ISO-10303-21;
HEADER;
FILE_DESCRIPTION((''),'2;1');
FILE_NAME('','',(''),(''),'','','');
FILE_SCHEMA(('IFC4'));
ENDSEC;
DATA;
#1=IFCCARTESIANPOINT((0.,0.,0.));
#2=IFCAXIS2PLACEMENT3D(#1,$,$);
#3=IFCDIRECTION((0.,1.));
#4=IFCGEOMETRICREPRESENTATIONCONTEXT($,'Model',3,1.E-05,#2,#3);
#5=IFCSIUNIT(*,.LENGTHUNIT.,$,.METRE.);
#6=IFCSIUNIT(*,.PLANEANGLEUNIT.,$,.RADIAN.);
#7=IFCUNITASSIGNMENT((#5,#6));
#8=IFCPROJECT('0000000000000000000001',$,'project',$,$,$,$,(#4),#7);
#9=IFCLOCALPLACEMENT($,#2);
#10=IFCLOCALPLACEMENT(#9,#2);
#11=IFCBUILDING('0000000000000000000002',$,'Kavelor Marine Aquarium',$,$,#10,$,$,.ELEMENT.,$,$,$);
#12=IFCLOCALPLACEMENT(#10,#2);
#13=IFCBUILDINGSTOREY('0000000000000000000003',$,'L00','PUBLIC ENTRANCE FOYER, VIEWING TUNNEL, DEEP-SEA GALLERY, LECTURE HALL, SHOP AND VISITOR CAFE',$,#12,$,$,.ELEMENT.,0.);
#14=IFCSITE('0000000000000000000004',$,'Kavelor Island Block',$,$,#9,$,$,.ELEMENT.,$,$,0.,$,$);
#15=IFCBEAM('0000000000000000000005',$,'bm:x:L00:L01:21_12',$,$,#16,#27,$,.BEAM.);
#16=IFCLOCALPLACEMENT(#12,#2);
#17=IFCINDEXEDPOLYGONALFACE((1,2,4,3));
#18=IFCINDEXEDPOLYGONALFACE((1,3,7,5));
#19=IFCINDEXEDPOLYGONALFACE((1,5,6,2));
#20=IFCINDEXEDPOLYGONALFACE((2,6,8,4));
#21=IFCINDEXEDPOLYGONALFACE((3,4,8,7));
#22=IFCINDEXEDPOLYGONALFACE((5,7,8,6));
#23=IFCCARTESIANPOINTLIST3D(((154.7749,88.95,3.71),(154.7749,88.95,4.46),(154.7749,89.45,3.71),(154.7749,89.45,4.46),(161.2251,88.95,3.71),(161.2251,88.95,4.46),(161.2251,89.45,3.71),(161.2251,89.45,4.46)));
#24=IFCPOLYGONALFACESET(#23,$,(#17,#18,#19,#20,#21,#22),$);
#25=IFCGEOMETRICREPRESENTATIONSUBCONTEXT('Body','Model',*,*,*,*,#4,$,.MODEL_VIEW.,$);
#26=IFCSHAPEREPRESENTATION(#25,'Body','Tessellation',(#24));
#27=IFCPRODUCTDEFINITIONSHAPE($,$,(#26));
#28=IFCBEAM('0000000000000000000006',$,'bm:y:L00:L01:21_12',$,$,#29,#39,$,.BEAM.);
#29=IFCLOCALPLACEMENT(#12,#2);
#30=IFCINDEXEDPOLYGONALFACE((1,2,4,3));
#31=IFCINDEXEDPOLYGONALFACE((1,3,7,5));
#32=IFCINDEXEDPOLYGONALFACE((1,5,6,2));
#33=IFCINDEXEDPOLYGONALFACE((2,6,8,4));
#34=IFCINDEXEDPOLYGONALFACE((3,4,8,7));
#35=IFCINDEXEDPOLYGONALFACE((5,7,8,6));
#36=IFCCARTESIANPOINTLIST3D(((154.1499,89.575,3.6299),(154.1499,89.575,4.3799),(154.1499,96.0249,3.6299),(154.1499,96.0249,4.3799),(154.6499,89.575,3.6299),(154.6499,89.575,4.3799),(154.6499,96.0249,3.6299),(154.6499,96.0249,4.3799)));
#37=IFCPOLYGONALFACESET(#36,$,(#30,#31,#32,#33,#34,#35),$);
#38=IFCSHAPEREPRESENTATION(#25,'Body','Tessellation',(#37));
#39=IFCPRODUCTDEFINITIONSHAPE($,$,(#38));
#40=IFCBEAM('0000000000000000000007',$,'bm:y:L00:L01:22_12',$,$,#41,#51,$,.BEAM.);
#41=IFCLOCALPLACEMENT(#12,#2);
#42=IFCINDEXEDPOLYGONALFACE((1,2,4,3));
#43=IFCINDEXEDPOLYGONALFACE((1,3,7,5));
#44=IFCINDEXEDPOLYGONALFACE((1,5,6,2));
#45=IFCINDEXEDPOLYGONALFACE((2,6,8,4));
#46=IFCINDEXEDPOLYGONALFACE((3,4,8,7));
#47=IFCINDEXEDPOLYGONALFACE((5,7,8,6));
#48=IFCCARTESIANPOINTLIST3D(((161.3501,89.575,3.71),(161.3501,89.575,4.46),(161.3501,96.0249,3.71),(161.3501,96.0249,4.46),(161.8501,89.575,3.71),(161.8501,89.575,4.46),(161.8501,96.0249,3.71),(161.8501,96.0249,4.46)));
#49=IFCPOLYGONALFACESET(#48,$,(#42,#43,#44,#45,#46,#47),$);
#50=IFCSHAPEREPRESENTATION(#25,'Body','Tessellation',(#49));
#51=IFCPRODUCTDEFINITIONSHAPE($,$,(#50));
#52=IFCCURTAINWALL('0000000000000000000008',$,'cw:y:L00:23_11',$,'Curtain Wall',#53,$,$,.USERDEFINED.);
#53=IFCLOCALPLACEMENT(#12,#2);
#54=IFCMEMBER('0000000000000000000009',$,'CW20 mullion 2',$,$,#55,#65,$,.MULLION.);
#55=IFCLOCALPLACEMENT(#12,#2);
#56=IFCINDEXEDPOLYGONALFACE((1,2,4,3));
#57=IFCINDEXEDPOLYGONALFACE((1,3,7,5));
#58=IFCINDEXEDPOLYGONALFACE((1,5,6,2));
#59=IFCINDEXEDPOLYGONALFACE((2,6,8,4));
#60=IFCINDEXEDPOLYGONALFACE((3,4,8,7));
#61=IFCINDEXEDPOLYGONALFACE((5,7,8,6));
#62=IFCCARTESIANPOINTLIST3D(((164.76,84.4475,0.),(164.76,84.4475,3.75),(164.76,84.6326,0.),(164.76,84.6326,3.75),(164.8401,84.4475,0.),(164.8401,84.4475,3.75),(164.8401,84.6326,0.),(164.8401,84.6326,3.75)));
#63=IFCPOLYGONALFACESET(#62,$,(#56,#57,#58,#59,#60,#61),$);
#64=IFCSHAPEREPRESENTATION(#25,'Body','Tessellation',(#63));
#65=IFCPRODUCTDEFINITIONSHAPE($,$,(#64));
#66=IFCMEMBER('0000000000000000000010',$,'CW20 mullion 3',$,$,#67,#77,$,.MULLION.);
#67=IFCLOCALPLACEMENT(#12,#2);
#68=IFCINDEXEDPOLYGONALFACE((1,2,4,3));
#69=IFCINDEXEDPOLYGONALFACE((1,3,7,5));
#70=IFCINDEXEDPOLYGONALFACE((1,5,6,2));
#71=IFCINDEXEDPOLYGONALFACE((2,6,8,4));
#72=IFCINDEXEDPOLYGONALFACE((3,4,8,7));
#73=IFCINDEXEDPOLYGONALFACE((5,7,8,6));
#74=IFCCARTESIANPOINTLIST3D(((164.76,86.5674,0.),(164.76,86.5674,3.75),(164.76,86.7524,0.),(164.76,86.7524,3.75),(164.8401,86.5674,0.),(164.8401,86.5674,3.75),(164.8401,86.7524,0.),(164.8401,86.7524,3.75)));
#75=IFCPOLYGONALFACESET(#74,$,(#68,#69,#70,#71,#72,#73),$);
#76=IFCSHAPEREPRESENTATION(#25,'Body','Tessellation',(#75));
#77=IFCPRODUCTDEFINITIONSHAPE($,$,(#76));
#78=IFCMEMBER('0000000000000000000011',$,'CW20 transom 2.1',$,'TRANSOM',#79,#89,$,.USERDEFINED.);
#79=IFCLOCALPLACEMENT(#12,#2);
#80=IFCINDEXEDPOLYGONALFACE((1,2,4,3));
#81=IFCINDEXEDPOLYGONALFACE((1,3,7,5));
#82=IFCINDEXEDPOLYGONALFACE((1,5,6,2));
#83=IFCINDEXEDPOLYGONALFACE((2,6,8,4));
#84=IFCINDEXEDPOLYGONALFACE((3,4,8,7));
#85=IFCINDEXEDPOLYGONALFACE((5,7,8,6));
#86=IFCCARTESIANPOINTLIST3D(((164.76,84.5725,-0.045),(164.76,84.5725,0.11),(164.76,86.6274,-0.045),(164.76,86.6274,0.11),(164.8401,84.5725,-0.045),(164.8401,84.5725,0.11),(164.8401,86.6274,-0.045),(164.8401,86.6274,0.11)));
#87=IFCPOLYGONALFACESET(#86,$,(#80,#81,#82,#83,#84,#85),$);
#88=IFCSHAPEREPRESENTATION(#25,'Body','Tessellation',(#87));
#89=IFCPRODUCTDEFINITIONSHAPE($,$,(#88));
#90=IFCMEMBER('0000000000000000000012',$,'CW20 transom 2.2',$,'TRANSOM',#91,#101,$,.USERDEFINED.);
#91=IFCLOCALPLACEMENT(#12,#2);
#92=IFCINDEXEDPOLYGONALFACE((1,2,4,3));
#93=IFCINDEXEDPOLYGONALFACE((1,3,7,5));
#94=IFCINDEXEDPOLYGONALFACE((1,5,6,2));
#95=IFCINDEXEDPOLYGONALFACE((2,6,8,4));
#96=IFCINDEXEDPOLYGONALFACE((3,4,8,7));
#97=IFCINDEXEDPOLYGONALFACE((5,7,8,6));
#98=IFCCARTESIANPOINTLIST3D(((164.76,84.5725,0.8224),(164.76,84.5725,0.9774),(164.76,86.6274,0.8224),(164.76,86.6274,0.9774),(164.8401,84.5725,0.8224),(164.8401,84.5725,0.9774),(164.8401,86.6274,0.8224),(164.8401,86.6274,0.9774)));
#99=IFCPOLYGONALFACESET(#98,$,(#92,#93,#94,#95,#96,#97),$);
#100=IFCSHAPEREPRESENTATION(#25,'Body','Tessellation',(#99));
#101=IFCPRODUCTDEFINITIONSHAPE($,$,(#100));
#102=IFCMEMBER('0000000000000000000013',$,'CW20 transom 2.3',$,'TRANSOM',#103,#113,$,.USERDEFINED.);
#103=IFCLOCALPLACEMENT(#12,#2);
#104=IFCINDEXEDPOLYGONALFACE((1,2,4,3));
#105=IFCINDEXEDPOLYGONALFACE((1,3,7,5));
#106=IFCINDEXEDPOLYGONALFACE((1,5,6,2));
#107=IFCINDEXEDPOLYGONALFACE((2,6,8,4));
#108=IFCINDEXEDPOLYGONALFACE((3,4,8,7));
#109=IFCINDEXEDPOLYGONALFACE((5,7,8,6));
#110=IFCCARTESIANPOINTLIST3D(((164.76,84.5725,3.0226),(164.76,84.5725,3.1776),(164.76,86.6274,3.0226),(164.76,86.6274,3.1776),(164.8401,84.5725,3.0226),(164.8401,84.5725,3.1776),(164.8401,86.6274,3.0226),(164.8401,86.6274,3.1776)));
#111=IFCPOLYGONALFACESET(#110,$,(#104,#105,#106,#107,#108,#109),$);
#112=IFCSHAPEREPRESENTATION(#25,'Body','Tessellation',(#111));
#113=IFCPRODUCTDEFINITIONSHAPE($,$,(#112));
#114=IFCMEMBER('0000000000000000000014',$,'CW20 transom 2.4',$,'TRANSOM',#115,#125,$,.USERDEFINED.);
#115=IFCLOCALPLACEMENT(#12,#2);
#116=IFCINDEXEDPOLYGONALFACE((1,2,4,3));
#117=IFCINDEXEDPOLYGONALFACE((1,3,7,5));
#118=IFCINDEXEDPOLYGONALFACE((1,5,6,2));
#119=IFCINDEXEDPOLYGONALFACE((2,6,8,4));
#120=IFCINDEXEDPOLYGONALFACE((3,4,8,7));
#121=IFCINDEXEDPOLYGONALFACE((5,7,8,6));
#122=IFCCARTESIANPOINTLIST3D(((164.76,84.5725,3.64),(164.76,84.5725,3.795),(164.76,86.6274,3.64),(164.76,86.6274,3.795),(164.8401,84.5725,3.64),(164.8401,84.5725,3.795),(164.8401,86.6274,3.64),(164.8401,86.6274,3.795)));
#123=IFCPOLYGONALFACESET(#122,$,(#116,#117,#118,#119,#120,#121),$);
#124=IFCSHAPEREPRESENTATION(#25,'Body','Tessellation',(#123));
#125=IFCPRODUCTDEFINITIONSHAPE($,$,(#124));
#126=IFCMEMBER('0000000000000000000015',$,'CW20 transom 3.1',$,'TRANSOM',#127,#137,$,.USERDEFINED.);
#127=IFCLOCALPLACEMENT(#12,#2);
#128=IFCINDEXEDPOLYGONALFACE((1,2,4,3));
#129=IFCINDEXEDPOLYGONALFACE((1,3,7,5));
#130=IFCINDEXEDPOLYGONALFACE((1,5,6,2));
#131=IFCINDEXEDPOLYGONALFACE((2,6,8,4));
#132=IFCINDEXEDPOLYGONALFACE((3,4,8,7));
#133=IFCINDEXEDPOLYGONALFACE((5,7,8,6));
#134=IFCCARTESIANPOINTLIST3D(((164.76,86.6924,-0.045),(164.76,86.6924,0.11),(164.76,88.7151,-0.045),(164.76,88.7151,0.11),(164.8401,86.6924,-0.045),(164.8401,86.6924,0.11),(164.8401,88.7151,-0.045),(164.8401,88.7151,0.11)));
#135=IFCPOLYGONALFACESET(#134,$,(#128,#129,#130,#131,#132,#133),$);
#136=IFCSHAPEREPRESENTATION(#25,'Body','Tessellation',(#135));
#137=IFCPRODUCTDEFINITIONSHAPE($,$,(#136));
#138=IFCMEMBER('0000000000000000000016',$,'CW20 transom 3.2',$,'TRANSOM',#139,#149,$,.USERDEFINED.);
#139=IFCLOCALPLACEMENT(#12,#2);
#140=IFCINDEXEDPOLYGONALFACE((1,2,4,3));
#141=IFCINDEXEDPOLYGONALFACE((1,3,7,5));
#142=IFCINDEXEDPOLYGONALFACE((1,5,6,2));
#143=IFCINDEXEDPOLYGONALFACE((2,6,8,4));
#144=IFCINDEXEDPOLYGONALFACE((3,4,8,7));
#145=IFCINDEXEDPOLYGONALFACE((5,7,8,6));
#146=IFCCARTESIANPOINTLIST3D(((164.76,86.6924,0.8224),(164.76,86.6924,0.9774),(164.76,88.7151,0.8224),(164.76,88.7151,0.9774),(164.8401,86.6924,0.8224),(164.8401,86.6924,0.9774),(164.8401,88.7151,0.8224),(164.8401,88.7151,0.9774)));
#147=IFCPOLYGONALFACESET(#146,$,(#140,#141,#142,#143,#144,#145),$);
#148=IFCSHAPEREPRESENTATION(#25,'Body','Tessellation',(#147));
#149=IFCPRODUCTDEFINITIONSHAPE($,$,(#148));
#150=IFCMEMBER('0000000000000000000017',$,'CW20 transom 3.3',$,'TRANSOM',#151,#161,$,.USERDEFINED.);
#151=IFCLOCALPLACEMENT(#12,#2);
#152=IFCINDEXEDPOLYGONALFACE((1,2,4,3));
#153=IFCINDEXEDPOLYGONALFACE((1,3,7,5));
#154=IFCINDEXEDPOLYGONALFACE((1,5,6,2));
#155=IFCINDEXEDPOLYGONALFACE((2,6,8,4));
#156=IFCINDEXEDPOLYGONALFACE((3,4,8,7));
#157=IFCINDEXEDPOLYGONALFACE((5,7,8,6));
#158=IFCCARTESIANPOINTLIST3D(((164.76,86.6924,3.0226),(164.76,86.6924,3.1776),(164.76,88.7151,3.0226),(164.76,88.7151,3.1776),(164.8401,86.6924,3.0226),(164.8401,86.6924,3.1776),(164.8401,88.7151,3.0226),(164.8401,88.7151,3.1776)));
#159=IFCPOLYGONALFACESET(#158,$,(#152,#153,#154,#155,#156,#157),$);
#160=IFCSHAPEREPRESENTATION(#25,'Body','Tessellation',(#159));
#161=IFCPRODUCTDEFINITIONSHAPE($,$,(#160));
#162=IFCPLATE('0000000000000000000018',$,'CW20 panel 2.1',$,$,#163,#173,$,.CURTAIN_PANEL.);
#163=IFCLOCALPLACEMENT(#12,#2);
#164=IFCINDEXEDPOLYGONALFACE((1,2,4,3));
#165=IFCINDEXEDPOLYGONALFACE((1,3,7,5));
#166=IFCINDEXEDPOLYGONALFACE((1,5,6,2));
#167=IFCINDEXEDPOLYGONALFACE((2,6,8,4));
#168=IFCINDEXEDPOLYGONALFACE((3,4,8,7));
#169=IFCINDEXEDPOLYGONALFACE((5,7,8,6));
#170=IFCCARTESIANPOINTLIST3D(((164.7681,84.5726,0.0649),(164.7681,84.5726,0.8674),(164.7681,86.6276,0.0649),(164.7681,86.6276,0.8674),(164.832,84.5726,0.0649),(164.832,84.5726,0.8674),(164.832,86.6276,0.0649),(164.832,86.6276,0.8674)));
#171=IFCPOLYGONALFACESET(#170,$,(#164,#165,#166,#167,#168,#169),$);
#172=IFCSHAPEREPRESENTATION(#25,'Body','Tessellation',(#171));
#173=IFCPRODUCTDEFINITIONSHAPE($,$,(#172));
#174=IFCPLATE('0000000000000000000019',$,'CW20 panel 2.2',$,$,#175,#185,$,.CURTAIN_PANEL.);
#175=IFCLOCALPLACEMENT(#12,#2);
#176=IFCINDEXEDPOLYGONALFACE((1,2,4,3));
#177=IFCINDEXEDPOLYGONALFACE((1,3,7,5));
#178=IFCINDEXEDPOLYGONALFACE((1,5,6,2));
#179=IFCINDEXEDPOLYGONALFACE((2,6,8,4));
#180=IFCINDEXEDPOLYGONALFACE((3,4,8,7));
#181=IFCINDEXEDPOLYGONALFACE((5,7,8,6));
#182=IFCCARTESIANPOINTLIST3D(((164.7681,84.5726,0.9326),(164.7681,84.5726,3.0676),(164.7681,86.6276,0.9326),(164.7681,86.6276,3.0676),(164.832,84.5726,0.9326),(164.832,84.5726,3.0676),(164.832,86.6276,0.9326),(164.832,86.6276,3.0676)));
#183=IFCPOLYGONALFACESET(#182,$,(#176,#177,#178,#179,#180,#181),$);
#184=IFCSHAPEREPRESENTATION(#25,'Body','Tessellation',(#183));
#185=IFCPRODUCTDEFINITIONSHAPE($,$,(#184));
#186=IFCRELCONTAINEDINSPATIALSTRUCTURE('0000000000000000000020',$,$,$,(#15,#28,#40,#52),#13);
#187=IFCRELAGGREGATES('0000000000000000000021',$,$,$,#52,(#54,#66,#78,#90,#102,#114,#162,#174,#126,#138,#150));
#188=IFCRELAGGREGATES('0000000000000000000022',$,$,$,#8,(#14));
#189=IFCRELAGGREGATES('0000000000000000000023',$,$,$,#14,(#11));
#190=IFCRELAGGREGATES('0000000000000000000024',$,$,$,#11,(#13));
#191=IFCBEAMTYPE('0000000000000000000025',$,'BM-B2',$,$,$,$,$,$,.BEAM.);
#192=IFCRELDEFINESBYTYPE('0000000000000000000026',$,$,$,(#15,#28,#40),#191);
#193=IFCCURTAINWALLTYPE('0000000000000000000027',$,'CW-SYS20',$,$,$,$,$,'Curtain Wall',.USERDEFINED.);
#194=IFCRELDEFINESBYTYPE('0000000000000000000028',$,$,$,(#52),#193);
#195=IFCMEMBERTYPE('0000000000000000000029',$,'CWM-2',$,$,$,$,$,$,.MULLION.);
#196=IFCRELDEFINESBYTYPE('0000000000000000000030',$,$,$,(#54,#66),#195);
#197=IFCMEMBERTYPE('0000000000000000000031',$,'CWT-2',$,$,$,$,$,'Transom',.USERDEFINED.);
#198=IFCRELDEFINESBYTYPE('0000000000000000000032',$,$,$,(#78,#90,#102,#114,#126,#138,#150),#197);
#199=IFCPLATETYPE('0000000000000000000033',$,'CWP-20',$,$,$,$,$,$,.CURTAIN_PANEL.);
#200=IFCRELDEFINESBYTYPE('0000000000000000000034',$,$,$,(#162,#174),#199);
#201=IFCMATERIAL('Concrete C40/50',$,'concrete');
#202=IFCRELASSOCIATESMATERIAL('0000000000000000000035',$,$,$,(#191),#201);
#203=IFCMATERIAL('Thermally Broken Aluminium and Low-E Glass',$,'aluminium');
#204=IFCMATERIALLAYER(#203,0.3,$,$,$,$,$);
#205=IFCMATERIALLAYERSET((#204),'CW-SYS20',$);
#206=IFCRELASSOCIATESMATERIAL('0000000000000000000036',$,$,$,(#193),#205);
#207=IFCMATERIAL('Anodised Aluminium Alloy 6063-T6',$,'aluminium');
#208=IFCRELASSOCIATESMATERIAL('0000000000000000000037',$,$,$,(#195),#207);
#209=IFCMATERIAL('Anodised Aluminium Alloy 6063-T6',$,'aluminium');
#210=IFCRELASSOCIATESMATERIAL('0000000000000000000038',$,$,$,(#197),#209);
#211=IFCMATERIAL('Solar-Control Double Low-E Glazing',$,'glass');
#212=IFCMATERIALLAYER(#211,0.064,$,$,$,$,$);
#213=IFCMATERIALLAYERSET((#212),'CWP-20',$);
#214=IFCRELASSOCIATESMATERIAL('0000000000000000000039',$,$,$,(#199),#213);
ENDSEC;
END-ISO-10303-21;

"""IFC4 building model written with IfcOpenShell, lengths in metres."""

from ifc_helpers import new_model, si_unit, direction, frame, origin, origin_2d, place, context, subcontext, project, spatial, rectangle, extrude, material, layer, layer_set, material_profile, profile_set, type_object, element, aggregate, save


model = new_model("IFC4")

# Units and contexts
model_context = context("Model", 3, precision=1e-05, world=origin(), true_north=direction((0.0, 1.0)))
body_context = subcontext(model_context, "Body", "Model", "MODEL_VIEW")
ifc_project = project(units=[si_unit("LENGTHUNIT", "METRE"), si_unit("PLANEANGLEUNIT", "RADIAN")], contexts=[model_context])

# Site, building, storey
site_placement = place(None, origin())
site = spatial("IfcSite", under=ifc_project, at=site_placement, Name="Kavelor Island Block", CompositionType="ELEMENT", RefElevation=0.0)
building_placement = place(site_placement, origin())
building = spatial("IfcBuilding", under=site, at=building_placement, Name="Kavelor Marine Aquarium", CompositionType="ELEMENT")
storey_placement = place(building_placement, origin())
storey = spatial("IfcBuildingStorey", under=building, at=storey_placement, Name="L00", Description="PUBLIC ENTRANCE FOYER, VIEWING TUNNEL, DEEP-SEA GALLERY, LECTURE HALL, SHOP AND VISITOR CAFE", CompositionType="ELEMENT", Elevation=0.0)

# Beams
ifc_material_1 = material(Name="Concrete C40/50", Category="concrete")
ifc_material_profile_1 = material_profile(ifc_material_1, rectangle(XDim=0.5, YDim=0.75, at=origin_2d()), Name="RC-BM 500x750")
ifc_profile_set_1 = profile_set([ifc_material_profile_1], Name="Concrete C40/50")
beam_type_1 = type_object("IfcBeamType", Name="BM-B2", PredefinedType="BEAM", material=ifc_profile_set_1)
beam_1_placement = place(storey_placement, frame((154.7749, 89.2, 4.085), z_axis=(1.0, 0.0, 0.0), x_axis=(0.0, 1.0, 0.0)))
element("IfcBeam", 1, at=beam_1_placement, inside=storey, type_object=beam_type_1, Name="bm:x:L00:L01:21_12", PredefinedType="BEAM", context=body_context, shape_type="SweptSolid", body=[
    extrude(rectangle(XDim=0.5, YDim=0.75, at=origin_2d()), origin(), (0.0, 0.0, 1.0), 6.4502),
])
for number, where, z_axis, x_axis, name in (
    (2, (154.3999, 89.575, 4.0049), (0.0, 1.0, 0.0), (-1.0, 0.0, 0.0), "bm:y:L00:L01:21_12"),
    (3, (161.6001, 89.575, 4.085), (0.0, 1.0, 0.0), (-1.0, 0.0, 0.0), "bm:y:L00:L01:22_12"),
):
    element("IfcBeam", number, at=place(storey_placement, frame(where, z_axis=z_axis, x_axis=x_axis)), inside=storey, type_object=beam_type_1, Name=name, PredefinedType="BEAM", context=body_context, shape_type="SweptSolid", body=[
        extrude(rectangle(XDim=0.5, YDim=0.75, at=origin_2d()), origin(), (0.0, 0.0, 1.0), 6.45),
    ])

# Curtain wall, members, plates
ifc_material_2 = material(Name="Thermally Broken Aluminium and Low-E Glass", Category="aluminium")
ifc_layer_1 = layer(ifc_material_2, 0.3)
ifc_layer_set_1 = layer_set([ifc_layer_1], Name="CW-SYS20")
curtain_wall_type = type_object("IfcCurtainWallType", Name="CW-SYS20", ElementType="Curtain Wall", PredefinedType="USERDEFINED", material=ifc_layer_set_1)
curtain_wall_placement = place(storey_placement, origin())
curtain_wall = element("IfcCurtainWall", 4, at=curtain_wall_placement, inside=storey, type_object=curtain_wall_type, Name="cw:y:L00:23_11", ObjectType="Curtain Wall", PredefinedType="USERDEFINED")
ifc_material_3 = material(Name="Anodised Aluminium Alloy 6063-T6", Category="aluminium")
ifc_material_profile_2 = material_profile(ifc_material_3, rectangle(XDim=0.0801, YDim=0.1851, at=origin_2d()), Name="CW-MUL 80x185")
ifc_profile_set_2 = profile_set([ifc_material_profile_2], Name="Anodised Aluminium Alloy 6063-T6")
member_type_1 = type_object("IfcMemberType", Name="CWM-2", PredefinedType="MULLION", material=ifc_profile_set_2)
member_1_placement = place(storey_placement, frame((164.8, 84.54, 0.0), z_axis=(0.0, 0.0, 1.0), x_axis=(-1.0, 0.0, 0.0)))
member_1 = element("IfcMember", 5, at=member_1_placement, type_object=member_type_1, Name="CW20 mullion 2", PredefinedType="MULLION", context=body_context, shape_type="SweptSolid", body=[
    extrude(rectangle(XDim=0.0801, YDim=0.1851, at=origin_2d()), origin(), (0.0, 0.0, 1.0), 3.75),
])
member_2_placement = place(storey_placement, frame((164.8, 86.6599, 0.0), z_axis=(0.0, 0.0, 1.0), x_axis=(-1.0, 0.0, 0.0)))
member_2 = element("IfcMember", 6, at=member_2_placement, type_object=member_type_1, Name="CW20 mullion 3", PredefinedType="MULLION", context=body_context, shape_type="SweptSolid", body=[
    extrude(rectangle(XDim=0.0801, YDim=0.1851, at=origin_2d()), origin(), (0.0, 0.0, 1.0), 3.75),
])
ifc_material_4 = material(Name="Anodised Aluminium Alloy 6063-T6", Category="aluminium")
ifc_material_profile_3 = material_profile(ifc_material_4, rectangle(XDim=0.0801, YDim=0.155, at=origin_2d()), Name="CW-TRN 80x155")
ifc_profile_set_3 = profile_set([ifc_material_profile_3], Name="Anodised Aluminium Alloy 6063-T6")
member_type_2 = type_object("IfcMemberType", Name="CWT-2", ElementType="Transom", PredefinedType="USERDEFINED", material=ifc_profile_set_3)
member_3_placement = place(storey_placement, frame((164.8, 84.5725, 0.0325), z_axis=(0.0, 1.0, 0.0), x_axis=(-1.0, 0.0, 0.0)))
member_3 = element("IfcMember", 7, at=member_3_placement, type_object=member_type_2, Name="CW20 transom 2.1", ObjectType="TRANSOM", PredefinedType="USERDEFINED", context=body_context, shape_type="SweptSolid", body=[
    extrude(rectangle(XDim=0.0801, YDim=0.155, at=origin_2d()), origin(), (0.0, 0.0, 1.0), 2.0549),
])
member_4_placement = place(storey_placement, frame((164.8, 84.5725, 0.8999), z_axis=(0.0, 1.0, 0.0), x_axis=(-1.0, 0.0, 0.0)))
member_4 = element("IfcMember", 8, at=member_4_placement, type_object=member_type_2, Name="CW20 transom 2.2", ObjectType="TRANSOM", PredefinedType="USERDEFINED", context=body_context, shape_type="SweptSolid", body=[
    extrude(rectangle(XDim=0.0801, YDim=0.155, at=origin_2d()), origin(), (0.0, 0.0, 1.0), 2.0549),
])
member_5_placement = place(storey_placement, frame((164.8, 84.5725, 3.1001), z_axis=(0.0, 1.0, 0.0), x_axis=(-1.0, 0.0, 0.0)))
member_5 = element("IfcMember", 9, at=member_5_placement, type_object=member_type_2, Name="CW20 transom 2.3", ObjectType="TRANSOM", PredefinedType="USERDEFINED", context=body_context, shape_type="SweptSolid", body=[
    extrude(rectangle(XDim=0.0801, YDim=0.155, at=origin_2d()), origin(), (0.0, 0.0, 1.0), 2.0549),
])
member_6_placement = place(storey_placement, frame((164.8, 84.5725, 3.7175), z_axis=(0.0, 1.0, 0.0), x_axis=(-1.0, 0.0, 0.0)))
member_6 = element("IfcMember", 10, at=member_6_placement, type_object=member_type_2, Name="CW20 transom 2.4", ObjectType="TRANSOM", PredefinedType="USERDEFINED", context=body_context, shape_type="SweptSolid", body=[
    extrude(rectangle(XDim=0.0801, YDim=0.155, at=origin_2d()), origin(), (0.0, 0.0, 1.0), 2.0549),
])
member_7_placement = place(storey_placement, frame((164.8, 86.6924, 0.0325), z_axis=(0.0, 1.0, 0.0), x_axis=(-1.0, 0.0, 0.0)))
member_7 = element("IfcMember", 11, at=member_7_placement, type_object=member_type_2, Name="CW20 transom 3.1", ObjectType="TRANSOM", PredefinedType="USERDEFINED", context=body_context, shape_type="SweptSolid", body=[
    extrude(rectangle(XDim=0.0801, YDim=0.155, at=origin_2d()), origin(), (0.0, 0.0, 1.0), 2.0227),
])
member_8_placement = place(storey_placement, frame((164.8, 86.6924, 0.8999), z_axis=(0.0, 1.0, 0.0), x_axis=(-1.0, 0.0, 0.0)))
member_8 = element("IfcMember", 12, at=member_8_placement, type_object=member_type_2, Name="CW20 transom 3.2", ObjectType="TRANSOM", PredefinedType="USERDEFINED", context=body_context, shape_type="SweptSolid", body=[
    extrude(rectangle(XDim=0.0801, YDim=0.155, at=origin_2d()), origin(), (0.0, 0.0, 1.0), 2.0227),
])
member_9_placement = place(storey_placement, frame((164.8, 86.6924, 3.1001), z_axis=(0.0, 1.0, 0.0), x_axis=(-1.0, 0.0, 0.0)))
member_9 = element("IfcMember", 13, at=member_9_placement, type_object=member_type_2, Name="CW20 transom 3.3", ObjectType="TRANSOM", PredefinedType="USERDEFINED", context=body_context, shape_type="SweptSolid", body=[
    extrude(rectangle(XDim=0.0801, YDim=0.155, at=origin_2d()), origin(), (0.0, 0.0, 1.0), 2.0227),
])
ifc_material_5 = material(Name="Solar-Control Double Low-E Glazing", Category="glass")
ifc_layer_2 = layer(ifc_material_5, 0.064)
ifc_layer_set_2 = layer_set([ifc_layer_2], Name="CWP-20")
plate_type = type_object("IfcPlateType", Name="CWP-20", PredefinedType="CURTAIN_PANEL", material=ifc_layer_set_2)
plate_1_placement = place(storey_placement, frame((164.8, 85.6001, 0.0649), z_axis=(0.0, 0.0, 1.0), x_axis=(0.0, 1.0, 0.0)))
plate_1 = element("IfcPlate", 14, at=plate_1_placement, type_object=plate_type, Name="CW20 panel 2.1", PredefinedType="CURTAIN_PANEL", context=body_context, shape_type="SweptSolid", body=[
    extrude(rectangle(XDim=2.0549, YDim=0.064, at=origin_2d()), origin(), (0.0, 0.0, 1.0), 0.8025),
])
plate_2_placement = place(storey_placement, frame((164.8, 85.6001, 0.9326), z_axis=(0.0, 0.0, 1.0), x_axis=(0.0, 1.0, 0.0)))
plate_2 = element("IfcPlate", 15, at=plate_2_placement, type_object=plate_type, Name="CW20 panel 2.2", PredefinedType="CURTAIN_PANEL", context=body_context, shape_type="SweptSolid", body=[
    extrude(rectangle(XDim=2.0549, YDim=0.064, at=origin_2d()), origin(), (0.0, 0.0, 1.0), 2.135),
])
aggregate(curtain_wall, [member_1, member_2, member_3, member_4, member_5, member_6, plate_1, plate_2, member_7, member_8, member_9])

save(model, "model.ifc")
